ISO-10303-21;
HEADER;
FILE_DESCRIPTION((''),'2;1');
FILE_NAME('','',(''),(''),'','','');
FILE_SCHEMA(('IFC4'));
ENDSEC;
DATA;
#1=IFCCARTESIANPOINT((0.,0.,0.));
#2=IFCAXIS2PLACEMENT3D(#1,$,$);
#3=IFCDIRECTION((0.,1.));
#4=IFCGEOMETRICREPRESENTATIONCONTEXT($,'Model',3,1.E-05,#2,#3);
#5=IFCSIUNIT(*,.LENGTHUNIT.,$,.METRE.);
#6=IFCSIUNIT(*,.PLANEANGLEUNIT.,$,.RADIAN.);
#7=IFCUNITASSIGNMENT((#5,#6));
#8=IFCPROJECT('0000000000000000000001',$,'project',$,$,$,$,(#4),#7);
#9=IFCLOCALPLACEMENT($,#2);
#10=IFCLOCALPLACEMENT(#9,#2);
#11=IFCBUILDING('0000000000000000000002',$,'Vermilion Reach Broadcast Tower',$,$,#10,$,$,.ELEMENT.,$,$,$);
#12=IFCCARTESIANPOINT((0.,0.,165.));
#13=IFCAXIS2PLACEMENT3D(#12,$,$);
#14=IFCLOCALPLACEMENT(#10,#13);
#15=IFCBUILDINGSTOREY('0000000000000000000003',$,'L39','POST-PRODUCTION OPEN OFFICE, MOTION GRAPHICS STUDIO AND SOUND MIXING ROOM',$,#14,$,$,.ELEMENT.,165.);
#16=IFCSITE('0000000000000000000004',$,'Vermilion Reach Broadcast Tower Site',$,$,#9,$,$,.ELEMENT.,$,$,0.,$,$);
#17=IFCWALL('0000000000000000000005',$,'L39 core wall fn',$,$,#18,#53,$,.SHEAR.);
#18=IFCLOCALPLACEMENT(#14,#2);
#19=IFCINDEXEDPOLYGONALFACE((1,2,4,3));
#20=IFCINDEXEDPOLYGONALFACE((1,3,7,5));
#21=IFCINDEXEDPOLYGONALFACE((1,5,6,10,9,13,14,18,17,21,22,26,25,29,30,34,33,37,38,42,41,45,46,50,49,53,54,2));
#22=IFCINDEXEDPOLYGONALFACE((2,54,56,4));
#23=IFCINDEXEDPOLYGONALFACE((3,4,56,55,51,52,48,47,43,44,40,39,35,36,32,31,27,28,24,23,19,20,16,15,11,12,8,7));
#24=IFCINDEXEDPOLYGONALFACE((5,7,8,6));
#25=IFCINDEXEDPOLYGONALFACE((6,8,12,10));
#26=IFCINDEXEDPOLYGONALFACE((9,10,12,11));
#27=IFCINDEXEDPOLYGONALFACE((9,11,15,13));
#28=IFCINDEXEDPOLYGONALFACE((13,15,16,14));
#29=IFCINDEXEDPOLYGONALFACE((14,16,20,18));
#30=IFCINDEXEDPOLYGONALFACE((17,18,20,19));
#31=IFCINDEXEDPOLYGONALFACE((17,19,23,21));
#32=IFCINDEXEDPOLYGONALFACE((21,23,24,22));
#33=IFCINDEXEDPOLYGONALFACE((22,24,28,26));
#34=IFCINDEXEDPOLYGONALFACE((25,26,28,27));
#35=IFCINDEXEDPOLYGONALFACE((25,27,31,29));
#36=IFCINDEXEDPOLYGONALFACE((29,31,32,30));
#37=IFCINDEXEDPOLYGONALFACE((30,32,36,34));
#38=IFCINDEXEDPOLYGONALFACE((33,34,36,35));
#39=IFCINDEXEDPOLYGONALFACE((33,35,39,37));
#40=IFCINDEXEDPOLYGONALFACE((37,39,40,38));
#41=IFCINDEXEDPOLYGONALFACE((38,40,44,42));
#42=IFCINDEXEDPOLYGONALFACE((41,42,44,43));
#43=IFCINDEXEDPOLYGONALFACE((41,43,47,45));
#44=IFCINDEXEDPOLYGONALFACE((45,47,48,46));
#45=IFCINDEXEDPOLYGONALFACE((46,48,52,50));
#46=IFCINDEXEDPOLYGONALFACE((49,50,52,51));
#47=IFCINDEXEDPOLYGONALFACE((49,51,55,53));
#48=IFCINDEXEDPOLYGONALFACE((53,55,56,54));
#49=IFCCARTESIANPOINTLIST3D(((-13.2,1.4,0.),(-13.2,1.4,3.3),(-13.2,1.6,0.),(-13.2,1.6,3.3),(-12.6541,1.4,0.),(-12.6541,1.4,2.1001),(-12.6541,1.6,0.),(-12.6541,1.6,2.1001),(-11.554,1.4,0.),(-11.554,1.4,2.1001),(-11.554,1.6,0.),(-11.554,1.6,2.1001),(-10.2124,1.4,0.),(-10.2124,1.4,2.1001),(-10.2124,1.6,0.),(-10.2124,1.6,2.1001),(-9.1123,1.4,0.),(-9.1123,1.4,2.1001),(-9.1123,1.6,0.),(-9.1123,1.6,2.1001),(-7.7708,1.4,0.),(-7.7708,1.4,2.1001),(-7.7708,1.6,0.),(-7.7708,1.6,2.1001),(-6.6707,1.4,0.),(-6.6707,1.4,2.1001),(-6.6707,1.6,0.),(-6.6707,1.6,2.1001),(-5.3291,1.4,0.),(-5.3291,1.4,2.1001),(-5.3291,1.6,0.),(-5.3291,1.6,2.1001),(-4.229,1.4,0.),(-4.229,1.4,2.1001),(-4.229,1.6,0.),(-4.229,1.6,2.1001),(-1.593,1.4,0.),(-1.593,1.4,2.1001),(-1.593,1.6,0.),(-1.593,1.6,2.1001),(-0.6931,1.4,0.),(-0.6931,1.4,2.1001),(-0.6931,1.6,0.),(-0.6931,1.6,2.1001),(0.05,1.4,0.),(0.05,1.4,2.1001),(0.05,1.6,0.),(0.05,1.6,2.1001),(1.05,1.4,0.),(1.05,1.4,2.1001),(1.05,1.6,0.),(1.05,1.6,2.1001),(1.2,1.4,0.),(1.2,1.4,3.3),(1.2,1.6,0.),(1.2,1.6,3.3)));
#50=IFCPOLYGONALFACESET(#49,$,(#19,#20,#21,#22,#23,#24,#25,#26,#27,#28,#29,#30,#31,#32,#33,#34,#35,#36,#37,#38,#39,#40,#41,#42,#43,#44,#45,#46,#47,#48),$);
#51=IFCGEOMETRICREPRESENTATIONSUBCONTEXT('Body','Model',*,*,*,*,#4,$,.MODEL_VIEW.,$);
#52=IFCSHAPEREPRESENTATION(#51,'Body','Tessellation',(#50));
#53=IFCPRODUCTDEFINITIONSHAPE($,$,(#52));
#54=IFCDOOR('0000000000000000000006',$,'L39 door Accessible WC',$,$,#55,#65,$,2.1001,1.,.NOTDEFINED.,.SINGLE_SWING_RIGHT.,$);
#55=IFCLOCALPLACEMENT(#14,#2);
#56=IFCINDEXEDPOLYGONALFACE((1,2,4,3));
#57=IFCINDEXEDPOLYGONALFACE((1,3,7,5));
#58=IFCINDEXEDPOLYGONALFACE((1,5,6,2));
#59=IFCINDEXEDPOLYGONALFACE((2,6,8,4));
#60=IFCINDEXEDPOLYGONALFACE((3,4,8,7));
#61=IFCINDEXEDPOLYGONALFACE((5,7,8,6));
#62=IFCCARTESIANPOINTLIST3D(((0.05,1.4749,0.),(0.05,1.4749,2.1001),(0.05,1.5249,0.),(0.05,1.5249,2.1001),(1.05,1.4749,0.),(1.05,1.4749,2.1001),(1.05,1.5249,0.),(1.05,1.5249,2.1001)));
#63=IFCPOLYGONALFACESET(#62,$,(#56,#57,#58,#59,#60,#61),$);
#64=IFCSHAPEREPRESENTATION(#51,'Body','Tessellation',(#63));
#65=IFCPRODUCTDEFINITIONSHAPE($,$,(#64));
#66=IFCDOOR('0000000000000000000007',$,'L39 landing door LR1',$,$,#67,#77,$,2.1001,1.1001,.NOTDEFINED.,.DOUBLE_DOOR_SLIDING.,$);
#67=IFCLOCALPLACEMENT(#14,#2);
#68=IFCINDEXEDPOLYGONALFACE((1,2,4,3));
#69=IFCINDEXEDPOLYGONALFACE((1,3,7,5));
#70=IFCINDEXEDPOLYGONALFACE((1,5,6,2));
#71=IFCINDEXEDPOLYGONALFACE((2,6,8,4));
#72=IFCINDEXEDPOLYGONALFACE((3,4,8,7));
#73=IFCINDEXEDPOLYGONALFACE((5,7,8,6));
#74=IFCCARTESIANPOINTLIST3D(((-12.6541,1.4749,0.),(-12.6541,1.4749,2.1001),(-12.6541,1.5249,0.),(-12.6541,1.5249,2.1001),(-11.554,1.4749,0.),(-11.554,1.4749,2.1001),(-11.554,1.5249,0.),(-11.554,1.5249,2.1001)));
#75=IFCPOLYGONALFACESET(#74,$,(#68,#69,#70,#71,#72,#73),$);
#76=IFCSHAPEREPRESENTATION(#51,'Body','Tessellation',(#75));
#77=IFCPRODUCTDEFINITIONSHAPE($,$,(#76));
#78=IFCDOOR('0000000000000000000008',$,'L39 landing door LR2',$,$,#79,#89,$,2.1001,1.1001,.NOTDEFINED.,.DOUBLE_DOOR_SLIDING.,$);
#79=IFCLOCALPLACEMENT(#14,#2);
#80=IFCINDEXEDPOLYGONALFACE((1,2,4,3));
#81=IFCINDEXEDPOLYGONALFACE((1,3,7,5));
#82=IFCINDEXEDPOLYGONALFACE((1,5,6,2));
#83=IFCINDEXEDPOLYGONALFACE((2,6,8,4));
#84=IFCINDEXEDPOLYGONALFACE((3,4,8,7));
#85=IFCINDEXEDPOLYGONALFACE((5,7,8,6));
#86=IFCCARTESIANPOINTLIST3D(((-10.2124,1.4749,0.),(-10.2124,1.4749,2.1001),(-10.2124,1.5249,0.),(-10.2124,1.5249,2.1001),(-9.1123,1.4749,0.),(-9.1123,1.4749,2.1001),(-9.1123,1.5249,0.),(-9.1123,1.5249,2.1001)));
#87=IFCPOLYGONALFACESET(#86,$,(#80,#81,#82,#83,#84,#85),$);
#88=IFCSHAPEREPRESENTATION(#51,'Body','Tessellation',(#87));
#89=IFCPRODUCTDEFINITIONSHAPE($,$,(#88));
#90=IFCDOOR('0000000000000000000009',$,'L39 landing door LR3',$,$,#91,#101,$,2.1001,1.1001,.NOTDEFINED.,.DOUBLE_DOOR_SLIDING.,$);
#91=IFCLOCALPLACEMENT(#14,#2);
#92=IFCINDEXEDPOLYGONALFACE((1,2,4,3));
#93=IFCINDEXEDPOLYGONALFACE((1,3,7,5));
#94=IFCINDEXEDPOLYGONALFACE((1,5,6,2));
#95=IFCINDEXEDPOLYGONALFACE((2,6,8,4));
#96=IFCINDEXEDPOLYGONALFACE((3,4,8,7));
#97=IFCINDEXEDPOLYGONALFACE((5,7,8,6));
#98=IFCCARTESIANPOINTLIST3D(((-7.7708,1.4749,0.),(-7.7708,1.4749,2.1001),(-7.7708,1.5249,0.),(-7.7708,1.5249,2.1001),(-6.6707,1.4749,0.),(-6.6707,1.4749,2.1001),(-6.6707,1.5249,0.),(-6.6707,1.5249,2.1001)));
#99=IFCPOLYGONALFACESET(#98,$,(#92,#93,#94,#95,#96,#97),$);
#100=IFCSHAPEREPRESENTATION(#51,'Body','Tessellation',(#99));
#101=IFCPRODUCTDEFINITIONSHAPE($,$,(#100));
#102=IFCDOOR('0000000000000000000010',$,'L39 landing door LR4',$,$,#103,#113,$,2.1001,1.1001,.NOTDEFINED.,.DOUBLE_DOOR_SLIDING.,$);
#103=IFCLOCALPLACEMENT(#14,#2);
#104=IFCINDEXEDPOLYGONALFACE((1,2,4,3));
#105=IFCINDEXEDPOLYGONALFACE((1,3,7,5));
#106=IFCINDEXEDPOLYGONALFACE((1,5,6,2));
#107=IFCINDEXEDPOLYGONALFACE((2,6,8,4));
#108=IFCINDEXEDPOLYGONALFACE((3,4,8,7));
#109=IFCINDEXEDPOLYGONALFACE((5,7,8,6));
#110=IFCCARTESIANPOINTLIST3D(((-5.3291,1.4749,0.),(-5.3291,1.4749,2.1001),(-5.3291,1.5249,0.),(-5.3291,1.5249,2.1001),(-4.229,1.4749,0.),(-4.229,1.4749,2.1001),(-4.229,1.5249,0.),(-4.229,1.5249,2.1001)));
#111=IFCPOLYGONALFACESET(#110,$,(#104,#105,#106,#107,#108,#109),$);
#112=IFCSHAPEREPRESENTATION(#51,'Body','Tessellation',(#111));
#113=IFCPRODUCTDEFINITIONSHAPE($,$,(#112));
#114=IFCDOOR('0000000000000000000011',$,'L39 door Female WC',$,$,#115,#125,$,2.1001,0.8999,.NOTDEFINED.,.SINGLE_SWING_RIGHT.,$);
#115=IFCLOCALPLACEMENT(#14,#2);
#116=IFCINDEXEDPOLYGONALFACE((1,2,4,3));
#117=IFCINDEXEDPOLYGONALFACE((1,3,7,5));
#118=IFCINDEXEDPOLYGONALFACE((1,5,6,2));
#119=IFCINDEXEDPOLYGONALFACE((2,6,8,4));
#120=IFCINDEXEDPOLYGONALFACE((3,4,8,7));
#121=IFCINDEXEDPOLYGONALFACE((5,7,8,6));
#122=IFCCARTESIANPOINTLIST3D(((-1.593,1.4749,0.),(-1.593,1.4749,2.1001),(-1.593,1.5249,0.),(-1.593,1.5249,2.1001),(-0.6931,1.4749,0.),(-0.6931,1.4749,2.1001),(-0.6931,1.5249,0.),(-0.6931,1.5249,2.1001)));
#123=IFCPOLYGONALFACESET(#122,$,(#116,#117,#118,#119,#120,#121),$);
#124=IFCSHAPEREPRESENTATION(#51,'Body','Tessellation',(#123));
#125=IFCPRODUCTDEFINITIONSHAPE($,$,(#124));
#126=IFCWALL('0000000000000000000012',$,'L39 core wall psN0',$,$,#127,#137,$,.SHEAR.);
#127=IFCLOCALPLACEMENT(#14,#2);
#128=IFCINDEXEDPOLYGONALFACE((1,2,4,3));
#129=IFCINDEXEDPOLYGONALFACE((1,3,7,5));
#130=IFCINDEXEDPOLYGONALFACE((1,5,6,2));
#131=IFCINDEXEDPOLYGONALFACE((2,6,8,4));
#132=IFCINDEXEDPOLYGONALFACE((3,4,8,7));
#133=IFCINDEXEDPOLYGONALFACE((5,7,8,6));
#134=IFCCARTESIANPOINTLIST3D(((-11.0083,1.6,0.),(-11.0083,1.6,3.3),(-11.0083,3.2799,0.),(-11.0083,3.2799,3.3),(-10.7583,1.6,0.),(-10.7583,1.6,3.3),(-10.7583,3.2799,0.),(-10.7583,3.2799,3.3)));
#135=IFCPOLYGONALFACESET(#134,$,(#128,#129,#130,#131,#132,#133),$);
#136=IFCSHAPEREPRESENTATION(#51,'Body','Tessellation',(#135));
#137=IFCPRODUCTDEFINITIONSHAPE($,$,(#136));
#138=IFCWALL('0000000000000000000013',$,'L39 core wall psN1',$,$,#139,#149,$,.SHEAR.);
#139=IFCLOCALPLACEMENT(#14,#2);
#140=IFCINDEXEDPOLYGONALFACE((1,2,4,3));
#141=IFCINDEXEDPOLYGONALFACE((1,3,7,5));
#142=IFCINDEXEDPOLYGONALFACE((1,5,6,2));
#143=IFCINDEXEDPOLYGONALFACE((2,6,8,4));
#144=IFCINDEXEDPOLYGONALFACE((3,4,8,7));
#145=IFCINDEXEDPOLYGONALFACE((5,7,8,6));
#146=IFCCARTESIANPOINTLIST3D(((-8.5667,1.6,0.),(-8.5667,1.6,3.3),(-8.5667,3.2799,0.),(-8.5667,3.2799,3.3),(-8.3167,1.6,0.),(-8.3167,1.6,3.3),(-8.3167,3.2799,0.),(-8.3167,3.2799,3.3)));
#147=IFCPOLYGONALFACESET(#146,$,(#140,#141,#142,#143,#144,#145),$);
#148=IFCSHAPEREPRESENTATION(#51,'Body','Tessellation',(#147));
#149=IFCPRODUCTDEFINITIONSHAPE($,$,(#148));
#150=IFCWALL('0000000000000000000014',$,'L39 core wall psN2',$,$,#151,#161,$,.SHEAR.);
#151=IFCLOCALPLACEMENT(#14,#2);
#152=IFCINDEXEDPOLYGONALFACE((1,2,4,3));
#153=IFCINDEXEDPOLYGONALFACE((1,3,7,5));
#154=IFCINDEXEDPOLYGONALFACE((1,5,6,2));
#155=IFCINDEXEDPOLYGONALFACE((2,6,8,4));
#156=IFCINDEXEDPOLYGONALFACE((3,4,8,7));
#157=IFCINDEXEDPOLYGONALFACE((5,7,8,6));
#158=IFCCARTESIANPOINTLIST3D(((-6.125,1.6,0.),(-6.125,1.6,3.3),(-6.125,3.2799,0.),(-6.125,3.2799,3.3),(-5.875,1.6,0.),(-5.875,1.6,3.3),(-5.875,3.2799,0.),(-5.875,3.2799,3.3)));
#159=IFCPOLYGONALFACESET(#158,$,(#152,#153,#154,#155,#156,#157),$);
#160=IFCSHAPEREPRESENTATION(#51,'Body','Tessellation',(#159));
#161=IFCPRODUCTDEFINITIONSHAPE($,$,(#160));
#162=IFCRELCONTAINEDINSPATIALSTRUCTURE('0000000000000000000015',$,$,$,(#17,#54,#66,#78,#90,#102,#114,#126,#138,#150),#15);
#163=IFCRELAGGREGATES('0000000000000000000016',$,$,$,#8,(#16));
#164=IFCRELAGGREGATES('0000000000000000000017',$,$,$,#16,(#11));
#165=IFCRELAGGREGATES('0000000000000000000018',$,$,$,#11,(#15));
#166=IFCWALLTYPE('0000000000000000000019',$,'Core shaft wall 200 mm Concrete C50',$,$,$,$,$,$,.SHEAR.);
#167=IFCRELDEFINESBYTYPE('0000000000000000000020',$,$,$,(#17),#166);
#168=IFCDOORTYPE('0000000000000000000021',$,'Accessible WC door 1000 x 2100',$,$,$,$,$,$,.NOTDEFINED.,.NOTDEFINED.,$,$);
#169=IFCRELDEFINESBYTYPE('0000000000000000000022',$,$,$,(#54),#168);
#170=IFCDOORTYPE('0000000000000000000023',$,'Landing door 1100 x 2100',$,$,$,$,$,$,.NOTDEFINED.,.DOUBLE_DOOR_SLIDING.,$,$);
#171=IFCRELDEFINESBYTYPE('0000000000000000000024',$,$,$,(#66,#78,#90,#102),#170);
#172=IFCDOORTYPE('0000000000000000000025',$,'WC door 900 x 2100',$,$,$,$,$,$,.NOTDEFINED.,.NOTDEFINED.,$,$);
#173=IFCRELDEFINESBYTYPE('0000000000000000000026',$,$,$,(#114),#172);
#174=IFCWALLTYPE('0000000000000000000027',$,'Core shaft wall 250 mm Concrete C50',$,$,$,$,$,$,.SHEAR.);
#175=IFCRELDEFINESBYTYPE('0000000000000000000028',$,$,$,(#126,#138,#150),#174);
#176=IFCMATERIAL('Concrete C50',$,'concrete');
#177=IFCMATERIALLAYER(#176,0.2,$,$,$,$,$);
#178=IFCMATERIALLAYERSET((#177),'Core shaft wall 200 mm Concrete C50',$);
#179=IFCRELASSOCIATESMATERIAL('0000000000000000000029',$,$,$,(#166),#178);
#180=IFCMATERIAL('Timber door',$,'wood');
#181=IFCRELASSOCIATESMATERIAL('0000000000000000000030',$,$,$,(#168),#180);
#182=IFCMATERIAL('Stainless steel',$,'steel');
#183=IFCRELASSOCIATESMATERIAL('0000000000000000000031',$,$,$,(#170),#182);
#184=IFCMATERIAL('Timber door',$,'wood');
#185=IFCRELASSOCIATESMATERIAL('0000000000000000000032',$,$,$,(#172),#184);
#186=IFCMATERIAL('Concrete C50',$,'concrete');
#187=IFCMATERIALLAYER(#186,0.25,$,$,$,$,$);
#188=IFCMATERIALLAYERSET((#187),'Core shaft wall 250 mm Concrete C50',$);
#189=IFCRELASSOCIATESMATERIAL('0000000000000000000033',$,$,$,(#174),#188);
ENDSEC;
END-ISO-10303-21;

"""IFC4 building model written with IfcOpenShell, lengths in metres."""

from ifc_helpers import new_model, si_unit, direction, frame, frame_2d, origin, place, context, subcontext, project, spatial, rectangle, extrude, material, layer, layer_set, type_object, element, fill, save


model = new_model("IFC4")

# Units and contexts
model_context = context("Model", 3, precision=1e-05, world=origin(), true_north=direction((0.0, 1.0)))
body_context = subcontext(model_context, "Body", "Model", "MODEL_VIEW")
ifc_project = project(units=[si_unit("LENGTHUNIT", "METRE"), si_unit("PLANEANGLEUNIT", "RADIAN")], contexts=[model_context])

# Site, building, storey
site_placement = place(None, origin())
site = spatial("IfcSite", under=ifc_project, at=site_placement, Name="Vermilion Reach Broadcast Tower Site", CompositionType="ELEMENT", RefElevation=0.0)
building_placement = place(site_placement, origin())
building = spatial("IfcBuilding", under=site, at=building_placement, Name="Vermilion Reach Broadcast Tower", CompositionType="ELEMENT")
storey_placement = place(building_placement, frame((0.0, 0.0, 165.0)))
storey = spatial("IfcBuildingStorey", under=building, at=storey_placement, Name="L39", Description="POST-PRODUCTION OPEN OFFICE, MOTION GRAPHICS STUDIO AND SOUND MIXING ROOM", CompositionType="ELEMENT", Elevation=165.0)

# Wall, openings, doors
ifc_material_1 = material(Name="Concrete C50", Category="concrete")
ifc_layer_1 = layer(ifc_material_1, 0.2)
ifc_layer_set_1 = layer_set([ifc_layer_1], Name="Core shaft wall 200 mm Concrete C50")
wall_type_1 = type_object("IfcWallType", Name="Core shaft wall 200 mm Concrete C50", PredefinedType="SHEAR", material=ifc_layer_set_1)
wall_1_placement = place(storey_placement, frame((-13.2, 1.5, 0.0), z_axis=(0.0, 0.0, 1.0), x_axis=(1.0, 0.0, 0.0)))
wall_1 = element("IfcWall", 1, at=wall_1_placement, inside=storey, type_object=wall_type_1, Name="L39 core wall fn", PredefinedType="SHEAR", context=body_context, shape_type="SweptSolid", body=[
    extrude(rectangle(XDim=14.3999, YDim=0.2, at=frame_2d((7.2, 0.0))), origin(), (0.0, 0.0, 1.0), 3.3),
])
opening_1_placement = place(wall_1_placement, frame((0.5459, 0.0, 0.0)))
opening_1 = element("IfcOpeningElement", 2, at=opening_1_placement, cuts=wall_1, PredefinedType="OPENING", context=body_context, shape_type="SweptSolid", body=[
    extrude(rectangle(XDim=1.1001, YDim=2.1001, at=frame_2d((0.55, 1.05))), frame((0.0, 0.1099, 0.0), z_axis=(0.0, -1.0, 0.0), x_axis=(1.0, 0.0, 0.0)), (0.0, 0.0, 1.0), 0.22),
])
opening_2_placement = place(wall_1_placement, frame((2.9875, 0.0, 0.0)))
opening_2 = element("IfcOpeningElement", 3, at=opening_2_placement, cuts=wall_1, PredefinedType="OPENING", context=body_context, shape_type="SweptSolid", body=[
    extrude(rectangle(XDim=1.1001, YDim=2.1001, at=frame_2d((0.55, 1.05))), frame((0.0, 0.1099, 0.0), z_axis=(0.0, -1.0, 0.0), x_axis=(1.0, 0.0, 0.0)), (0.0, 0.0, 1.0), 0.22),
])
opening_3_placement = place(wall_1_placement, frame((5.4292, 0.0, 0.0)))
opening_3 = element("IfcOpeningElement", 4, at=opening_3_placement, cuts=wall_1, PredefinedType="OPENING", context=body_context, shape_type="SweptSolid", body=[
    extrude(rectangle(XDim=1.1001, YDim=2.1001, at=frame_2d((0.55, 1.05))), frame((0.0, 0.1099, 0.0), z_axis=(0.0, -1.0, 0.0), x_axis=(1.0, 0.0, 0.0)), (0.0, 0.0, 1.0), 0.22),
])
opening_4_placement = place(wall_1_placement, frame((7.8708, 0.0, 0.0)))
opening_4 = element("IfcOpeningElement", 5, at=opening_4_placement, cuts=wall_1, PredefinedType="OPENING", context=body_context, shape_type="SweptSolid", body=[
    extrude(rectangle(XDim=1.1001, YDim=2.1001, at=frame_2d((0.55, 1.05))), frame((0.0, 0.1099, 0.0), z_axis=(0.0, -1.0, 0.0), x_axis=(1.0, 0.0, 0.0)), (0.0, 0.0, 1.0), 0.22),
])
opening_5_placement = place(wall_1_placement, frame((11.6069, 0.0, 0.0)))
opening_5 = element("IfcOpeningElement", 6, at=opening_5_placement, cuts=wall_1, PredefinedType="OPENING", context=body_context, shape_type="SweptSolid", body=[
    extrude(rectangle(XDim=0.8999, YDim=2.1001, at=frame_2d((0.45, 1.05))), frame((0.0, 0.1099, 0.0), z_axis=(0.0, -1.0, 0.0), x_axis=(1.0, 0.0, 0.0)), (0.0, 0.0, 1.0), 0.22),
])
opening_6_placement = place(wall_1_placement, frame((13.25, 0.0, 0.0)))
opening_6 = element("IfcOpeningElement", 7, at=opening_6_placement, cuts=wall_1, PredefinedType="OPENING", context=body_context, shape_type="SweptSolid", body=[
    extrude(rectangle(XDim=1.0, YDim=2.1001, at=frame_2d((0.5, 1.05))), frame((0.0, 0.1099, 0.0), z_axis=(0.0, -1.0, 0.0), x_axis=(1.0, 0.0, 0.0)), (0.0, 0.0, 1.0), 0.22),
])
ifc_material_2 = material(Name="Timber door", Category="wood")
door_type_1 = type_object("IfcDoorType", Name="Accessible WC door 1000 x 2100", OperationType="NOTDEFINED", PredefinedType="NOTDEFINED", material=ifc_material_2)
door_1_placement = place(opening_6_placement, origin())
door_1 = element("IfcDoor", 8, at=door_1_placement, inside=storey, type_object=door_type_1, Name="L39 door Accessible WC", OperationType="SINGLE_SWING_RIGHT", OverallHeight=2.1001, OverallWidth=1.0, PredefinedType="NOTDEFINED", context=body_context, shape_type="SweptSolid", body=[
    extrude(rectangle(XDim=1.0, YDim=2.1001, at=frame_2d((0.5, 1.05))), frame((0.0, 0.0249, 0.0), z_axis=(0.0, -1.0, 0.0), x_axis=(1.0, 0.0, 0.0)), (0.0, 0.0, 1.0), 0.05),
])
fill(opening_6, door_1)
ifc_material_3 = material(Name="Stainless steel", Category="steel")
door_type_2 = type_object("IfcDoorType", Name="Landing door 1100 x 2100", OperationType="DOUBLE_DOOR_SLIDING", PredefinedType="NOTDEFINED", material=ifc_material_3)
door_2_placement = place(opening_1_placement, origin())
door_2 = element("IfcDoor", 9, at=door_2_placement, inside=storey, type_object=door_type_2, Name="L39 landing door LR1", OperationType="DOUBLE_DOOR_SLIDING", OverallHeight=2.1001, OverallWidth=1.1001, PredefinedType="NOTDEFINED", context=body_context, shape_type="SweptSolid", body=[
    extrude(rectangle(XDim=1.1001, YDim=2.1001, at=frame_2d((0.55, 1.05))), frame((0.0, 0.0249, 0.0), z_axis=(0.0, -1.0, 0.0), x_axis=(1.0, 0.0, 0.0)), (0.0, 0.0, 1.0), 0.05),
])
fill(opening_1, door_2)
door_3_placement = place(opening_2_placement, origin())
door_3 = element("IfcDoor", 10, at=door_3_placement, inside=storey, type_object=door_type_2, Name="L39 landing door LR2", OperationType="DOUBLE_DOOR_SLIDING", OverallHeight=2.1001, OverallWidth=1.1001, PredefinedType="NOTDEFINED", context=body_context, shape_type="SweptSolid", body=[
    extrude(rectangle(XDim=1.1001, YDim=2.1001, at=frame_2d((0.55, 1.05))), frame((0.0, 0.0249, 0.0), z_axis=(0.0, -1.0, 0.0), x_axis=(1.0, 0.0, 0.0)), (0.0, 0.0, 1.0), 0.05),
])
fill(opening_2, door_3)
door_4_placement = place(opening_3_placement, origin())
door_4 = element("IfcDoor", 11, at=door_4_placement, inside=storey, type_object=door_type_2, Name="L39 landing door LR3", OperationType="DOUBLE_DOOR_SLIDING", OverallHeight=2.1001, OverallWidth=1.1001, PredefinedType="NOTDEFINED", context=body_context, shape_type="SweptSolid", body=[
    extrude(rectangle(XDim=1.1001, YDim=2.1001, at=frame_2d((0.55, 1.05))), frame((0.0, 0.0249, 0.0), z_axis=(0.0, -1.0, 0.0), x_axis=(1.0, 0.0, 0.0)), (0.0, 0.0, 1.0), 0.05),
])
fill(opening_3, door_4)
door_5_placement = place(opening_4_placement, origin())
door_5 = element("IfcDoor", 12, at=door_5_placement, inside=storey, type_object=door_type_2, Name="L39 landing door LR4", OperationType="DOUBLE_DOOR_SLIDING", OverallHeight=2.1001, OverallWidth=1.1001, PredefinedType="NOTDEFINED", context=body_context, shape_type="SweptSolid", body=[
    extrude(rectangle(XDim=1.1001, YDim=2.1001, at=frame_2d((0.55, 1.05))), frame((0.0, 0.0249, 0.0), z_axis=(0.0, -1.0, 0.0), x_axis=(1.0, 0.0, 0.0)), (0.0, 0.0, 1.0), 0.05),
])
fill(opening_4, door_5)
ifc_material_4 = material(Name="Timber door", Category="wood")
door_type_3 = type_object("IfcDoorType", Name="WC door 900 x 2100", OperationType="NOTDEFINED", PredefinedType="NOTDEFINED", material=ifc_material_4)
door_6_placement = place(opening_5_placement, origin())
door_6 = element("IfcDoor", 13, at=door_6_placement, inside=storey, type_object=door_type_3, Name="L39 door Female WC", OperationType="SINGLE_SWING_RIGHT", OverallHeight=2.1001, OverallWidth=0.8999, PredefinedType="NOTDEFINED", context=body_context, shape_type="SweptSolid", body=[
    extrude(rectangle(XDim=0.8999, YDim=2.1001, at=frame_2d((0.45, 1.05))), frame((0.0, 0.0249, 0.0), z_axis=(0.0, -1.0, 0.0), x_axis=(1.0, 0.0, 0.0)), (0.0, 0.0, 1.0), 0.05),
])
fill(opening_5, door_6)

# Walls
ifc_material_5 = material(Name="Concrete C50", Category="concrete")
ifc_layer_2 = layer(ifc_material_5, 0.25)
ifc_layer_set_2 = layer_set([ifc_layer_2], Name="Core shaft wall 250 mm Concrete C50")
wall_type_2 = type_object("IfcWallType", Name="Core shaft wall 250 mm Concrete C50", PredefinedType="SHEAR", material=ifc_layer_set_2)
for number, where, z_axis, x_axis, name in (
    (14, (-10.8833, 1.6001, 0.0), (0.0, 0.0, 1.0), (0.0, 1.0, 0.0), "L39 core wall psN0"),
    (15, (-8.4417, 1.6001, 0.0), (0.0, 0.0, 1.0), (0.0, 1.0, 0.0), "L39 core wall psN1"),
    (16, (-6.0, 1.6001, 0.0), (0.0, 0.0, 1.0), (0.0, 1.0, 0.0), "L39 core wall psN2"),
):
    element("IfcWall", number, at=place(storey_placement, frame(where, z_axis=z_axis, x_axis=x_axis)), inside=storey, type_object=wall_type_2, Name=name, PredefinedType="SHEAR", context=body_context, shape_type="SweptSolid", body=[
        extrude(rectangle(XDim=1.6799, YDim=0.25, at=frame_2d((0.8398, 0.0))), origin(), (0.0, 0.0, 1.0), 3.3),
    ])

save(model, "model.ifc")
